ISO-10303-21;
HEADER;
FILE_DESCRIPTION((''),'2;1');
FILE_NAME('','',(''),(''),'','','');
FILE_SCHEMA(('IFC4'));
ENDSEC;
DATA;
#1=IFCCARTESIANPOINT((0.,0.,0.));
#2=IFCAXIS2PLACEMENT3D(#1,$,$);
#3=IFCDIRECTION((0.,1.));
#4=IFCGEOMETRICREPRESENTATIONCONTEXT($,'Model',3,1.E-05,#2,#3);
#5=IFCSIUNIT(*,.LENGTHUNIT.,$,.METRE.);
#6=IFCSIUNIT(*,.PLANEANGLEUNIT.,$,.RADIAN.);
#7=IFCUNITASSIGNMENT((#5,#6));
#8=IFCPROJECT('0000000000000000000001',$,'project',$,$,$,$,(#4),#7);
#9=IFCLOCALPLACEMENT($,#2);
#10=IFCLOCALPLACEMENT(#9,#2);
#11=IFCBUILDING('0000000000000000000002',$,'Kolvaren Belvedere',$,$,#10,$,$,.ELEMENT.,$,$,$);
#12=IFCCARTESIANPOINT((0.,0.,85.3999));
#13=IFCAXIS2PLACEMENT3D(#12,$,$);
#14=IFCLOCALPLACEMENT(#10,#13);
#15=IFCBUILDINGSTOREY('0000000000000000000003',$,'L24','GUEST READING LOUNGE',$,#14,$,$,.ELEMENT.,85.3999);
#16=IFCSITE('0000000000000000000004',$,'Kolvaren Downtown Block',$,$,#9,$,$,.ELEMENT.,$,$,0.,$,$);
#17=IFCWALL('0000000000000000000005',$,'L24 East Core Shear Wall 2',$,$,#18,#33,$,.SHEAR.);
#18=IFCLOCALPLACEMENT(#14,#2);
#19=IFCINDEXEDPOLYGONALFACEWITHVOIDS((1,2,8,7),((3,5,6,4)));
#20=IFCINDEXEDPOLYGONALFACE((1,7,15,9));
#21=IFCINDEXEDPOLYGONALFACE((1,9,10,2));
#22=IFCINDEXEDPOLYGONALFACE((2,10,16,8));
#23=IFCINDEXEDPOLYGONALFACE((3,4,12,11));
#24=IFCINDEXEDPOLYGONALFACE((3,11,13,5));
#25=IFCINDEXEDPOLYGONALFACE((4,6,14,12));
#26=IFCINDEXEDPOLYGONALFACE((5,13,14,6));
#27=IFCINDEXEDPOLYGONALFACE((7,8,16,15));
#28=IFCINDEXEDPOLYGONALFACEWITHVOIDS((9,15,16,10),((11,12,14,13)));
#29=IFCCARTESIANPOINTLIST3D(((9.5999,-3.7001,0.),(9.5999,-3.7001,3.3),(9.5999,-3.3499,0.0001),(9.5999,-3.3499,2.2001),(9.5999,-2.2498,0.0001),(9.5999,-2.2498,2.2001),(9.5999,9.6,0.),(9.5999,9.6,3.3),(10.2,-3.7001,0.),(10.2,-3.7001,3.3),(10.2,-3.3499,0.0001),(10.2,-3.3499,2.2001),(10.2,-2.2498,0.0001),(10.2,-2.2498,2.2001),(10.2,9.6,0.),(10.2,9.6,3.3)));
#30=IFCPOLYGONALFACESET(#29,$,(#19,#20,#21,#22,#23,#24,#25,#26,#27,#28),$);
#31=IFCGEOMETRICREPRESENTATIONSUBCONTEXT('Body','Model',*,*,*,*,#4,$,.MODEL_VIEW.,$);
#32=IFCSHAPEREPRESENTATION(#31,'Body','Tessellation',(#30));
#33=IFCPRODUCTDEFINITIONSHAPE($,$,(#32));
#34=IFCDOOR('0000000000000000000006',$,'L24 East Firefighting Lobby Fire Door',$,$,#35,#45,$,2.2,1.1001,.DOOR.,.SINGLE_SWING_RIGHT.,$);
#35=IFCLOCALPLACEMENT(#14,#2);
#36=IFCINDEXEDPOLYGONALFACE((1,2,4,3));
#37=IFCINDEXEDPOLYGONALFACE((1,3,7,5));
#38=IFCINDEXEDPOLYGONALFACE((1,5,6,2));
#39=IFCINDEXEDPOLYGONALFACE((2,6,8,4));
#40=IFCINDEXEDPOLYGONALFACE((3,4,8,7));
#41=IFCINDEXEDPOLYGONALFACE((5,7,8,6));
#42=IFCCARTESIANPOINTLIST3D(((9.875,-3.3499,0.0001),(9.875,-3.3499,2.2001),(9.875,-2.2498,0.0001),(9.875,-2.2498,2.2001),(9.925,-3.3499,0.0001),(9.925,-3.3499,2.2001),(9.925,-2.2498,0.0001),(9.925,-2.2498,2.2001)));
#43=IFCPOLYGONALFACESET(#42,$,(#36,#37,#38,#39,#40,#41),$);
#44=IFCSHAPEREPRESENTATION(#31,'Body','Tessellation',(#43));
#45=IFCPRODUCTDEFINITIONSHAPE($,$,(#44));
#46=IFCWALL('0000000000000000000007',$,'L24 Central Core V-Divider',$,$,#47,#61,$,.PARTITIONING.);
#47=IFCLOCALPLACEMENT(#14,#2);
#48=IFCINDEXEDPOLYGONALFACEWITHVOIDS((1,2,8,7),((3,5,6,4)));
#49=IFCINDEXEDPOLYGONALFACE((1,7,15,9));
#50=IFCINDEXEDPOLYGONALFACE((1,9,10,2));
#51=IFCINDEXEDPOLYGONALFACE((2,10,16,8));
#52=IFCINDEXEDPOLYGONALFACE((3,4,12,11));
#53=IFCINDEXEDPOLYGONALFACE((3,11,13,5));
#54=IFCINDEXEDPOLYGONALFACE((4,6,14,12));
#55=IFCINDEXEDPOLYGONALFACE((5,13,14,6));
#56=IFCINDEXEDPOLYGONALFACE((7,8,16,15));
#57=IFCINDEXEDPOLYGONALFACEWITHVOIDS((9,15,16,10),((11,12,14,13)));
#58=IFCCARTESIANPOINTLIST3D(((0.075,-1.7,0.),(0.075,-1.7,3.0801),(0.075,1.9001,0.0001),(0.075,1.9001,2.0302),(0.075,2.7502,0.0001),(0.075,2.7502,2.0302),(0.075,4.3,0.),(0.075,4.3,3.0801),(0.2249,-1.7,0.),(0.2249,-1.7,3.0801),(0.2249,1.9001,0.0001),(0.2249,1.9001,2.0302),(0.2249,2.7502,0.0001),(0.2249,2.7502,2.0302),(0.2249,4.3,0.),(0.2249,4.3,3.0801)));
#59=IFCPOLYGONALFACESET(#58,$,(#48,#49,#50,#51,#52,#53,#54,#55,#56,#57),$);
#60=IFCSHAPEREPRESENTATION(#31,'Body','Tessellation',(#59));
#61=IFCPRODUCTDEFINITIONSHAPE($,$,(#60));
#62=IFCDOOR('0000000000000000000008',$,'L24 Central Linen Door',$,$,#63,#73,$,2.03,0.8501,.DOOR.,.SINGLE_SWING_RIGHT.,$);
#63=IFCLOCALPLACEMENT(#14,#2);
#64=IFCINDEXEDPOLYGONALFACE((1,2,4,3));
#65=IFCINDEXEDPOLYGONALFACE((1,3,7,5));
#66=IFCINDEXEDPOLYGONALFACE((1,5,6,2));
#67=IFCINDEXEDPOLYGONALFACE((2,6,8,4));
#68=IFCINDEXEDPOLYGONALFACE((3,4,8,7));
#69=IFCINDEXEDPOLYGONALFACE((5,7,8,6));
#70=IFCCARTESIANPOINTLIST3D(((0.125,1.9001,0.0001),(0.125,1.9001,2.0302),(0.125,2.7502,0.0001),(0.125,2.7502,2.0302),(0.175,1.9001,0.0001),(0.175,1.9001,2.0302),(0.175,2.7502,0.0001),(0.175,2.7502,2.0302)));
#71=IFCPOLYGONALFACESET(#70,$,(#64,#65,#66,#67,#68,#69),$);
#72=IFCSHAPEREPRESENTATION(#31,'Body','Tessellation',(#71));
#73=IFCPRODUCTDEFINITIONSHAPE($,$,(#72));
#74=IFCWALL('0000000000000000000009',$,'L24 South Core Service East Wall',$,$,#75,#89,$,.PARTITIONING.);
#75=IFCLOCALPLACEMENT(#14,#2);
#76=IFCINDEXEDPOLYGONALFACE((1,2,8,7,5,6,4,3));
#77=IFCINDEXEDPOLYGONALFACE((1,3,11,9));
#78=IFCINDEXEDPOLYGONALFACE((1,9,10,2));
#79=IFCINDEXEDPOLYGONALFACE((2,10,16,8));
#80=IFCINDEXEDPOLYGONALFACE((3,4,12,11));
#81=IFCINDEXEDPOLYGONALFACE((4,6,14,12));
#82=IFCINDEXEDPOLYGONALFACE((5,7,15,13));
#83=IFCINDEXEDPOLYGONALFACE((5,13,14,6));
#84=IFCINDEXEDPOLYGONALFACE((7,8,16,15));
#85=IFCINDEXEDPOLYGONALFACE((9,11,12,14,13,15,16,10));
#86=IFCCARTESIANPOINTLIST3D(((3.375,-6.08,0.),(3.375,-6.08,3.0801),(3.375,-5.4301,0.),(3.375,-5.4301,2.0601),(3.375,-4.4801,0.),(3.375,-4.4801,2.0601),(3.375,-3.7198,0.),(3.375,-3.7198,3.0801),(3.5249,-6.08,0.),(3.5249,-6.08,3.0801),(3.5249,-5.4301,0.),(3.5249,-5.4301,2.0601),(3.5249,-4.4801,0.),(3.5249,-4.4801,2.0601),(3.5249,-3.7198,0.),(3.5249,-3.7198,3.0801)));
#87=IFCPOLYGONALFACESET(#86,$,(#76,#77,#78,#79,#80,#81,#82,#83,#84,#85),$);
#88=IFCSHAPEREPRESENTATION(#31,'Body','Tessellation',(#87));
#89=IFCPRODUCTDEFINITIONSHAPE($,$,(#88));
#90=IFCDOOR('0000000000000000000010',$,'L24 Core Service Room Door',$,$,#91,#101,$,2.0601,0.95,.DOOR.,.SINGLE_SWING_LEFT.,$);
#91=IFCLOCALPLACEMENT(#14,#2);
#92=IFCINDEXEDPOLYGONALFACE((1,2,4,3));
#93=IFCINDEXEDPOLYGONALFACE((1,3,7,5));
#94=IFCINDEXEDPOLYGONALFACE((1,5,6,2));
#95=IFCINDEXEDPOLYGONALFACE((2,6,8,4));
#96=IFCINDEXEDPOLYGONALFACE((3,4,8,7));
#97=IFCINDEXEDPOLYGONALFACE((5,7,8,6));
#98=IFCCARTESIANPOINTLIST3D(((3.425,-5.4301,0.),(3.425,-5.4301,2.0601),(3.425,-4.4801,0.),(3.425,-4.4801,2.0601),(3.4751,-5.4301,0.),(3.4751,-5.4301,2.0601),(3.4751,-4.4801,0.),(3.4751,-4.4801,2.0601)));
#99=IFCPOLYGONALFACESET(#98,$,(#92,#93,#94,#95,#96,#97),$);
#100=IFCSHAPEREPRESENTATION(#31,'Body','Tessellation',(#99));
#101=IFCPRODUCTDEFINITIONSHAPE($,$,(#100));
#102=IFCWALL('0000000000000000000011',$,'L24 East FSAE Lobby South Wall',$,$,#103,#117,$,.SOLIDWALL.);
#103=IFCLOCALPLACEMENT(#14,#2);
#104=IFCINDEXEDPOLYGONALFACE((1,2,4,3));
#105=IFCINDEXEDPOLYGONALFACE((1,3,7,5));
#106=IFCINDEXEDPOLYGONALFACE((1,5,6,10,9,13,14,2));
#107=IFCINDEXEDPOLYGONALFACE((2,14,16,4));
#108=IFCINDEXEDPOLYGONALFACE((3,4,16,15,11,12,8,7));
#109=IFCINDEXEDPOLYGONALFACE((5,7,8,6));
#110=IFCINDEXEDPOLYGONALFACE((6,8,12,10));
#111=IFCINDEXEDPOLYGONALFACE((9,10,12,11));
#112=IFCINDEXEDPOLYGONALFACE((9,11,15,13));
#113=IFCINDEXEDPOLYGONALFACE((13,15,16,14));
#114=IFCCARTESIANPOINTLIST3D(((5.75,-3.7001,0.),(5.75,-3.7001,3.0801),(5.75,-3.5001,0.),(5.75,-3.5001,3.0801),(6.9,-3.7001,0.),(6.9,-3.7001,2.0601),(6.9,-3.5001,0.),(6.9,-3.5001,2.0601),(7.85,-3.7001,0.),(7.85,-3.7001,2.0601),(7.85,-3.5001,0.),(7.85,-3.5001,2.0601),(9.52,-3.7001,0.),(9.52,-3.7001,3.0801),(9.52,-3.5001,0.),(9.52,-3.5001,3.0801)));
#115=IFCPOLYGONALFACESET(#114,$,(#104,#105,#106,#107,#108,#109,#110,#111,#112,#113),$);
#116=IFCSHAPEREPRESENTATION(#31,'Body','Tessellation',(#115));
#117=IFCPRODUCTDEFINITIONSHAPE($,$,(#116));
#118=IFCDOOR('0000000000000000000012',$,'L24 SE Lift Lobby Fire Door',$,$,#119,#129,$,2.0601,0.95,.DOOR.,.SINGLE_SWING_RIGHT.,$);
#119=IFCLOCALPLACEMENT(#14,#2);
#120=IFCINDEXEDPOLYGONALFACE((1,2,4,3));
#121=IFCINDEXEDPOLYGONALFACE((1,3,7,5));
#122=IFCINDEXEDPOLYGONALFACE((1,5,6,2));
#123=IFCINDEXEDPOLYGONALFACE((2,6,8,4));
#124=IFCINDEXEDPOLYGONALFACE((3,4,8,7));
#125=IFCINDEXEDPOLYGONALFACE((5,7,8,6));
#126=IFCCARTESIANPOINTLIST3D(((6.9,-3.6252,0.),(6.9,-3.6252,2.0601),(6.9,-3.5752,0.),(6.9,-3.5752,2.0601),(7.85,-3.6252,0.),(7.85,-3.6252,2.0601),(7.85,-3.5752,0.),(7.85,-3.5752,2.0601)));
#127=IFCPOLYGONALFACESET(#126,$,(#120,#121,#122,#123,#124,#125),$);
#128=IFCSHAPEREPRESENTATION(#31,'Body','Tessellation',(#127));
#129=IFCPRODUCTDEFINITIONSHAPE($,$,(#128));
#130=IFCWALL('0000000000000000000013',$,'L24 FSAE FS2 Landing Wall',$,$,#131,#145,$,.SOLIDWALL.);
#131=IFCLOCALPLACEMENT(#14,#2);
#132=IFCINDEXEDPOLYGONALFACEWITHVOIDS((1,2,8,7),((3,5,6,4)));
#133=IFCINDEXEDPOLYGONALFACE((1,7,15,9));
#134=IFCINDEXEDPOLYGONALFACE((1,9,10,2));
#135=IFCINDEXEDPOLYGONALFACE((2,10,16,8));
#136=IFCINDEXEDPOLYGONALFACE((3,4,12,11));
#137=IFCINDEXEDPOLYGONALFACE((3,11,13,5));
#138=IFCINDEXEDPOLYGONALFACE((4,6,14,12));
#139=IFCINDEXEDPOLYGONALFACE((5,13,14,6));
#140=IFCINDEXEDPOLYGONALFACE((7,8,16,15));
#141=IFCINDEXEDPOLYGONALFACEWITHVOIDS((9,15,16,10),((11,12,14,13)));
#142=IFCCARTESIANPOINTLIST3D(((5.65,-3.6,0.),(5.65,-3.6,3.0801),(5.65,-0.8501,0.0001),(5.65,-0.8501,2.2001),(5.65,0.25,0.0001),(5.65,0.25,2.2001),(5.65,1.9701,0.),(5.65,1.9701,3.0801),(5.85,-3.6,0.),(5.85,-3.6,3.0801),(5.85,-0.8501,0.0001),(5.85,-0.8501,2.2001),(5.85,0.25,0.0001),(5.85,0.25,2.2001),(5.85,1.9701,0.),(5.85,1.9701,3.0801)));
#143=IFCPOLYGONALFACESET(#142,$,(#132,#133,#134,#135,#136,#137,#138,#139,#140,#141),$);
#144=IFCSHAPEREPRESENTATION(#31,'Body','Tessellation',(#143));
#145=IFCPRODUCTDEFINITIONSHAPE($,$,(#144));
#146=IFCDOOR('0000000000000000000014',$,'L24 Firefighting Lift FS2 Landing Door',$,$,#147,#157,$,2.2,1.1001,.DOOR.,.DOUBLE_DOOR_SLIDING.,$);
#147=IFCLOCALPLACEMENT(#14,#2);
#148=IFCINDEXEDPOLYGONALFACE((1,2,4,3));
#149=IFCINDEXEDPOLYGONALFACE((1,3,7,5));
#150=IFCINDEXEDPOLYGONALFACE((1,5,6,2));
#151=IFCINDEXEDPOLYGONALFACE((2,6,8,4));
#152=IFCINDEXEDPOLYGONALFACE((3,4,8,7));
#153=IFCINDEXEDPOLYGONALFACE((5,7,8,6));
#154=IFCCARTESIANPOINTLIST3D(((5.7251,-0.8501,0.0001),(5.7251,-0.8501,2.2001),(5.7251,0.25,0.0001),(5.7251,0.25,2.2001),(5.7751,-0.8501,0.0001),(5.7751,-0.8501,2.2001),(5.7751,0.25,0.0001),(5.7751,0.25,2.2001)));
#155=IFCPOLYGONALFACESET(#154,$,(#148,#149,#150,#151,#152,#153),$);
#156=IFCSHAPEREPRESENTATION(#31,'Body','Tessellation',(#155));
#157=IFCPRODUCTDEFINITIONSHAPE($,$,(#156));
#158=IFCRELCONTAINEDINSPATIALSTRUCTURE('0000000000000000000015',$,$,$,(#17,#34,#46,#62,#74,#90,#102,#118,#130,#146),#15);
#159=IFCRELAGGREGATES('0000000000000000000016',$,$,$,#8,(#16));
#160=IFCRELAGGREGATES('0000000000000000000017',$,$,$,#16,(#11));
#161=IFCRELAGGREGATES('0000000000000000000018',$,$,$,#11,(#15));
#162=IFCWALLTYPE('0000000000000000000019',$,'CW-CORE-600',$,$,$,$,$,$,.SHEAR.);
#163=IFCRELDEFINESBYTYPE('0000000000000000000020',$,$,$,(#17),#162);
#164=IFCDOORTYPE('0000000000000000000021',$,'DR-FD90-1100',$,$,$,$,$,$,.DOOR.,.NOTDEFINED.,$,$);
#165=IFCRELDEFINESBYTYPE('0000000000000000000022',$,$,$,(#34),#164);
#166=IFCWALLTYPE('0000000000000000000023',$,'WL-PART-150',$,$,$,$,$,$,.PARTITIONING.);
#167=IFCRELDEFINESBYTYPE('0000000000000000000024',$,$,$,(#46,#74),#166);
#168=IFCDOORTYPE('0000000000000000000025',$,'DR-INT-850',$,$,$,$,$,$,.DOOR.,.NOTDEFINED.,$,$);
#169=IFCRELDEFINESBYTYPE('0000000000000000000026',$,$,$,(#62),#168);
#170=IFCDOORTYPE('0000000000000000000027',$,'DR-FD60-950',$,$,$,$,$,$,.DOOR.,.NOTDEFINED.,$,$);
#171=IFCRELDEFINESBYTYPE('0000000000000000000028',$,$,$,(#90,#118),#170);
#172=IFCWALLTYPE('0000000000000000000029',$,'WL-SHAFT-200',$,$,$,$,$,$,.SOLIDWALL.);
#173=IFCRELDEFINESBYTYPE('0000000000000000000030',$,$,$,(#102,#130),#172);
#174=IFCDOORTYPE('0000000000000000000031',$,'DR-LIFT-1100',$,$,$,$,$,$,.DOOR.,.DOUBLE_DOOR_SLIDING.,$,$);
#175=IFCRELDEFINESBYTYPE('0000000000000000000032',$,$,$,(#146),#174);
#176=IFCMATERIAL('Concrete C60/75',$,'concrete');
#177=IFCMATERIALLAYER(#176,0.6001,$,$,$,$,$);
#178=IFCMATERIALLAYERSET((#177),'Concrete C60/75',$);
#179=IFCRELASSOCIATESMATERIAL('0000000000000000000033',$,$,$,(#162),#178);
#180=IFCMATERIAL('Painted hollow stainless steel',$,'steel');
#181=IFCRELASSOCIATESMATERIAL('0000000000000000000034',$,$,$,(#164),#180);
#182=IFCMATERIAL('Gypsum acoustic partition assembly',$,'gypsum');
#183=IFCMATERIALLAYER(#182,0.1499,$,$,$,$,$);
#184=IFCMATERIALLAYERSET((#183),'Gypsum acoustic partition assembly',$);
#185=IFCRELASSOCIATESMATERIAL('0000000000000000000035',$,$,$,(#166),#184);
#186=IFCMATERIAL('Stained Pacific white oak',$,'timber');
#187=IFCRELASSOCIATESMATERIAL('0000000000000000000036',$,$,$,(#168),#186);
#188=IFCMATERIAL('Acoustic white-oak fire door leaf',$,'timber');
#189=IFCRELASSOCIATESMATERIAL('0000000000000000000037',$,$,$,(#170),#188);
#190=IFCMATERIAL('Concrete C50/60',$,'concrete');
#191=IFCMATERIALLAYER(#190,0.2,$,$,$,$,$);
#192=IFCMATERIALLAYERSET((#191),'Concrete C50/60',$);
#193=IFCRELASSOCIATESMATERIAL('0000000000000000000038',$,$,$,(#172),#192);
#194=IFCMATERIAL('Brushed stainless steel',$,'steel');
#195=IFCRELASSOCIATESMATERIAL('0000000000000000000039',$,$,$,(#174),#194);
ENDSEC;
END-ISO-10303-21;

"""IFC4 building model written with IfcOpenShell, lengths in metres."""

from ifc_helpers import new_model, si_unit, direction, frame, frame_2d, origin, place, context, subcontext, project, spatial, rectangle, extrude, material, layer, layer_set, type_object, element, fill, save


model = new_model("IFC4")

# Units and contexts
model_context = context("Model", 3, precision=1e-05, world=origin(), true_north=direction((0.0, 1.0)))
body_context = subcontext(model_context, "Body", "Model", "MODEL_VIEW")
ifc_project = project(units=[si_unit("LENGTHUNIT", "METRE"), si_unit("PLANEANGLEUNIT", "RADIAN")], contexts=[model_context])

# Site, building, storey
site_placement = place(None, origin())
site = spatial("IfcSite", under=ifc_project, at=site_placement, Name="Kolvaren Downtown Block", CompositionType="ELEMENT", RefElevation=0.0)
building_placement = place(site_placement, origin())
building = spatial("IfcBuilding", under=site, at=building_placement, Name="Kolvaren Belvedere", CompositionType="ELEMENT")
storey_placement = place(building_placement, frame((0.0, 0.0, 85.3999)))
storey = spatial("IfcBuildingStorey", under=building, at=storey_placement, Name="L24", Description="GUEST READING LOUNGE", CompositionType="ELEMENT", Elevation=85.3999)

# Walls, openings, doors
ifc_material_1 = material(Name="Concrete C60/75", Category="concrete")
ifc_layer_1 = layer(ifc_material_1, 0.6001)
ifc_layer_set_1 = layer_set([ifc_layer_1], Name="Concrete C60/75")
wall_type_1 = type_object("IfcWallType", Name="CW-CORE-600", PredefinedType="SHEAR", material=ifc_layer_set_1)
wall_1_placement = place(storey_placement, frame((9.8999, -3.7, 0.0), z_axis=(0.0, 0.0, 1.0), x_axis=(0.0, 1.0, 0.0)))
wall_1 = element("IfcWall", 1, at=wall_1_placement, inside=storey, type_object=wall_type_1, Name="L24 East Core Shear Wall 2", PredefinedType="SHEAR", context=body_context, shape_type="SweptSolid", body=[
    extrude(rectangle(XDim=13.3, YDim=0.6001, at=frame_2d((6.6499, 0.0))), origin(), (0.0, 0.0, 1.0), 3.3),
])
opening_1_placement = place(wall_1_placement, frame((0.3501, 0.0, 0.0)))
opening_1 = element("IfcOpeningElement", 2, at=opening_1_placement, cuts=wall_1, PredefinedType="OPENING", context=body_context, shape_type="SweptSolid", body=[
    extrude(rectangle(XDim=1.1001, YDim=2.2, at=frame_2d((0.55, 1.1001))), frame((0.0, 0.3101, 0.0), z_axis=(0.0, -1.0, 0.0), x_axis=(1.0, 0.0, 0.0)), (0.0, 0.0, 1.0), 0.6201),
])
ifc_material_2 = material(Name="Painted hollow stainless steel", Category="steel")
door_type_1 = type_object("IfcDoorType", Name="DR-FD90-1100", OperationType="NOTDEFINED", PredefinedType="DOOR", material=ifc_material_2)
door_1_placement = place(opening_1_placement, origin())
door_1 = element("IfcDoor", 3, at=door_1_placement, inside=storey, type_object=door_type_1, Name="L24 East Firefighting Lobby Fire Door", OperationType="SINGLE_SWING_RIGHT", OverallHeight=2.2, OverallWidth=1.1001, PredefinedType="DOOR", context=body_context, shape_type="SweptSolid", body=[
    extrude(rectangle(XDim=1.1001, YDim=2.2, at=frame_2d((0.55, 1.1001))), frame((0.0, 0.0249, 0.0), z_axis=(0.0, -1.0, 0.0), x_axis=(1.0, 0.0, 0.0)), (0.0, 0.0, 1.0), 0.05),
])
fill(opening_1, door_1)
ifc_material_3 = material(Name="Gypsum acoustic partition assembly", Category="gypsum")
ifc_layer_2 = layer(ifc_material_3, 0.1499)
ifc_layer_set_2 = layer_set([ifc_layer_2], Name="Gypsum acoustic partition assembly")
wall_type_2 = type_object("IfcWallType", Name="WL-PART-150", PredefinedType="PARTITIONING", material=ifc_layer_set_2)
wall_2_placement = place(storey_placement, frame((0.1499, -1.7, 0.0), z_axis=(0.0, 0.0, 1.0), x_axis=(0.0, 1.0, 0.0)))
wall_2 = element("IfcWall", 4, at=wall_2_placement, inside=storey, type_object=wall_type_2, Name="L24 Central Core V-Divider", PredefinedType="PARTITIONING", context=body_context, shape_type="SweptSolid", body=[
    extrude(rectangle(XDim=6.0, YDim=0.1499, at=frame_2d((3.0, 0.0))), origin(), (0.0, 0.0, 1.0), 3.0801),
])
opening_2_placement = place(wall_2_placement, frame((3.6001, 0.0, 0.0)))
opening_2 = element("IfcOpeningElement", 5, at=opening_2_placement, cuts=wall_2, PredefinedType="OPENING", context=body_context, shape_type="SweptSolid", body=[
    extrude(rectangle(XDim=0.8501, YDim=2.03, at=frame_2d((0.425, 1.0151))), frame((0.0, 0.085, 0.0), z_axis=(0.0, -1.0, 0.0), x_axis=(1.0, 0.0, 0.0)), (0.0, 0.0, 1.0), 0.1699),
])
ifc_material_4 = material(Name="Stained Pacific white oak", Category="timber")
door_type_2 = type_object("IfcDoorType", Name="DR-INT-850", OperationType="NOTDEFINED", PredefinedType="DOOR", material=ifc_material_4)
door_2_placement = place(opening_2_placement, origin())
door_2 = element("IfcDoor", 6, at=door_2_placement, inside=storey, type_object=door_type_2, Name="L24 Central Linen Door", OperationType="SINGLE_SWING_RIGHT", OverallHeight=2.03, OverallWidth=0.8501, PredefinedType="DOOR", context=body_context, shape_type="SweptSolid", body=[
    extrude(rectangle(XDim=0.8501, YDim=2.03, at=frame_2d((0.425, 1.0151))), frame((0.0, 0.0249, 0.0), z_axis=(0.0, -1.0, 0.0), x_axis=(1.0, 0.0, 0.0)), (0.0, 0.0, 1.0), 0.05),
])
fill(opening_2, door_2)
wall_3_placement = place(storey_placement, frame((3.45, -6.0801, 0.0), z_axis=(0.0, 0.0, 1.0), x_axis=(0.0, 1.0, 0.0)))
wall_3 = element("IfcWall", 7, at=wall_3_placement, inside=storey, type_object=wall_type_2, Name="L24 South Core Service East Wall", PredefinedType="PARTITIONING", context=body_context, shape_type="SweptSolid", body=[
    extrude(rectangle(XDim=2.3601, YDim=0.1499, at=frame_2d((1.1802, 0.0))), origin(), (0.0, 0.0, 1.0), 3.0801),
])
opening_3_placement = place(wall_3_placement, frame((0.6499, 0.0, 0.0)))
opening_3 = element("IfcOpeningElement", 8, at=opening_3_placement, cuts=wall_3, PredefinedType="OPENING", context=body_context, shape_type="SweptSolid", body=[
    extrude(rectangle(XDim=0.95, YDim=2.0601, at=frame_2d((0.4751, 1.03))), frame((0.0, 0.085, 0.0), z_axis=(0.0, -1.0, 0.0), x_axis=(1.0, 0.0, 0.0)), (0.0, 0.0, 1.0), 0.1699),
])
ifc_material_5 = material(Name="Acoustic white-oak fire door leaf", Category="timber")
door_type_3 = type_object("IfcDoorType", Name="DR-FD60-950", OperationType="NOTDEFINED", PredefinedType="DOOR", material=ifc_material_5)
door_3_placement = place(opening_3_placement, origin())
door_3 = element("IfcDoor", 9, at=door_3_placement, inside=storey, type_object=door_type_3, Name="L24 Core Service Room Door", OperationType="SINGLE_SWING_LEFT", OverallHeight=2.0601, OverallWidth=0.95, PredefinedType="DOOR", context=body_context, shape_type="SweptSolid", body=[
    extrude(rectangle(XDim=0.95, YDim=2.0601, at=frame_2d((0.4751, 1.03))), frame((0.0, 0.0249, 0.0), z_axis=(0.0, -1.0, 0.0), x_axis=(1.0, 0.0, 0.0)), (0.0, 0.0, 1.0), 0.05),
])
fill(opening_3, door_3)
ifc_material_6 = material(Name="Concrete C50/60", Category="concrete")
ifc_layer_3 = layer(ifc_material_6, 0.2)
ifc_layer_set_3 = layer_set([ifc_layer_3], Name="Concrete C50/60")
wall_type_3 = type_object("IfcWallType", Name="WL-SHAFT-200", PredefinedType="SOLIDWALL", material=ifc_layer_set_3)
wall_4_placement = place(storey_placement, frame((5.75, -3.6001, 0.0), z_axis=(0.0, 0.0, 1.0), x_axis=(1.0, 0.0, 0.0)))
wall_4 = element("IfcWall", 10, at=wall_4_placement, inside=storey, type_object=wall_type_3, Name="L24 East FSAE Lobby South Wall", PredefinedType="SOLIDWALL", context=body_context, shape_type="SweptSolid", body=[
    extrude(rectangle(XDim=3.77, YDim=0.2, at=frame_2d((1.885, 0.0))), origin(), (0.0, 0.0, 1.0), 3.0801),
])
opening_4_placement = place(wall_4_placement, frame((1.1499, 0.0, 0.0)))
opening_4 = element("IfcOpeningElement", 11, at=opening_4_placement, cuts=wall_4, PredefinedType="OPENING", context=body_context, shape_type="SweptSolid", body=[
    extrude(rectangle(XDim=0.95, YDim=2.0601, at=frame_2d((0.4751, 1.03))), frame((0.0, 0.1099, 0.0), z_axis=(0.0, -1.0, 0.0), x_axis=(1.0, 0.0, 0.0)), (0.0, 0.0, 1.0), 0.22),
])
door_4_placement = place(opening_4_placement, origin())
door_4 = element("IfcDoor", 12, at=door_4_placement, inside=storey, type_object=door_type_3, Name="L24 SE Lift Lobby Fire Door", OperationType="SINGLE_SWING_RIGHT", OverallHeight=2.0601, OverallWidth=0.95, PredefinedType="DOOR", context=body_context, shape_type="SweptSolid", body=[
    extrude(rectangle(XDim=0.95, YDim=2.0601, at=frame_2d((0.4751, 1.03))), frame((0.0, 0.0249, 0.0), z_axis=(0.0, -1.0, 0.0), x_axis=(1.0, 0.0, 0.0)), (0.0, 0.0, 1.0), 0.05),
])
fill(opening_4, door_4)
wall_5_placement = place(storey_placement, frame((5.75, -3.6001, 0.0), z_axis=(0.0, 0.0, 1.0), x_axis=(0.0, 1.0, 0.0)))
wall_5 = element("IfcWall", 13, at=wall_5_placement, inside=storey, type_object=wall_type_3, Name="L24 FSAE FS2 Landing Wall", PredefinedType="SOLIDWALL", context=body_context, shape_type="SweptSolid", body=[
    extrude(rectangle(XDim=5.5701, YDim=0.2, at=frame_2d((2.7852, 0.0))), origin(), (0.0, 0.0, 1.0), 3.0801),
])
opening_5_placement = place(wall_5_placement, frame((2.75, 0.0, 0.0)))
opening_5 = element("IfcOpeningElement", 14, at=opening_5_placement, cuts=wall_5, PredefinedType="OPENING", context=body_context, shape_type="SweptSolid", body=[
    extrude(rectangle(XDim=1.1001, YDim=2.2, at=frame_2d((0.55, 1.1001))), frame((0.0, 0.1099, 0.0), z_axis=(0.0, -1.0, 0.0), x_axis=(1.0, 0.0, 0.0)), (0.0, 0.0, 1.0), 0.22),
])
ifc_material_7 = material(Name="Brushed stainless steel", Category="steel")
door_type_4 = type_object("IfcDoorType", Name="DR-LIFT-1100", OperationType="DOUBLE_DOOR_SLIDING", PredefinedType="DOOR", material=ifc_material_7)
door_5_placement = place(opening_5_placement, origin())
door_5 = element("IfcDoor", 15, at=door_5_placement, inside=storey, type_object=door_type_4, Name="L24 Firefighting Lift FS2 Landing Door", OperationType="DOUBLE_DOOR_SLIDING", OverallHeight=2.2, OverallWidth=1.1001, PredefinedType="DOOR", context=body_context, shape_type="SweptSolid", body=[
    extrude(rectangle(XDim=1.1001, YDim=2.2, at=frame_2d((0.55, 1.1001))), frame((0.0, 0.0249, 0.0), z_axis=(0.0, -1.0, 0.0), x_axis=(1.0, 0.0, 0.0)), (0.0, 0.0, 1.0), 0.05),
])
fill(opening_5, door_5)

save(model, "model.ifc")
